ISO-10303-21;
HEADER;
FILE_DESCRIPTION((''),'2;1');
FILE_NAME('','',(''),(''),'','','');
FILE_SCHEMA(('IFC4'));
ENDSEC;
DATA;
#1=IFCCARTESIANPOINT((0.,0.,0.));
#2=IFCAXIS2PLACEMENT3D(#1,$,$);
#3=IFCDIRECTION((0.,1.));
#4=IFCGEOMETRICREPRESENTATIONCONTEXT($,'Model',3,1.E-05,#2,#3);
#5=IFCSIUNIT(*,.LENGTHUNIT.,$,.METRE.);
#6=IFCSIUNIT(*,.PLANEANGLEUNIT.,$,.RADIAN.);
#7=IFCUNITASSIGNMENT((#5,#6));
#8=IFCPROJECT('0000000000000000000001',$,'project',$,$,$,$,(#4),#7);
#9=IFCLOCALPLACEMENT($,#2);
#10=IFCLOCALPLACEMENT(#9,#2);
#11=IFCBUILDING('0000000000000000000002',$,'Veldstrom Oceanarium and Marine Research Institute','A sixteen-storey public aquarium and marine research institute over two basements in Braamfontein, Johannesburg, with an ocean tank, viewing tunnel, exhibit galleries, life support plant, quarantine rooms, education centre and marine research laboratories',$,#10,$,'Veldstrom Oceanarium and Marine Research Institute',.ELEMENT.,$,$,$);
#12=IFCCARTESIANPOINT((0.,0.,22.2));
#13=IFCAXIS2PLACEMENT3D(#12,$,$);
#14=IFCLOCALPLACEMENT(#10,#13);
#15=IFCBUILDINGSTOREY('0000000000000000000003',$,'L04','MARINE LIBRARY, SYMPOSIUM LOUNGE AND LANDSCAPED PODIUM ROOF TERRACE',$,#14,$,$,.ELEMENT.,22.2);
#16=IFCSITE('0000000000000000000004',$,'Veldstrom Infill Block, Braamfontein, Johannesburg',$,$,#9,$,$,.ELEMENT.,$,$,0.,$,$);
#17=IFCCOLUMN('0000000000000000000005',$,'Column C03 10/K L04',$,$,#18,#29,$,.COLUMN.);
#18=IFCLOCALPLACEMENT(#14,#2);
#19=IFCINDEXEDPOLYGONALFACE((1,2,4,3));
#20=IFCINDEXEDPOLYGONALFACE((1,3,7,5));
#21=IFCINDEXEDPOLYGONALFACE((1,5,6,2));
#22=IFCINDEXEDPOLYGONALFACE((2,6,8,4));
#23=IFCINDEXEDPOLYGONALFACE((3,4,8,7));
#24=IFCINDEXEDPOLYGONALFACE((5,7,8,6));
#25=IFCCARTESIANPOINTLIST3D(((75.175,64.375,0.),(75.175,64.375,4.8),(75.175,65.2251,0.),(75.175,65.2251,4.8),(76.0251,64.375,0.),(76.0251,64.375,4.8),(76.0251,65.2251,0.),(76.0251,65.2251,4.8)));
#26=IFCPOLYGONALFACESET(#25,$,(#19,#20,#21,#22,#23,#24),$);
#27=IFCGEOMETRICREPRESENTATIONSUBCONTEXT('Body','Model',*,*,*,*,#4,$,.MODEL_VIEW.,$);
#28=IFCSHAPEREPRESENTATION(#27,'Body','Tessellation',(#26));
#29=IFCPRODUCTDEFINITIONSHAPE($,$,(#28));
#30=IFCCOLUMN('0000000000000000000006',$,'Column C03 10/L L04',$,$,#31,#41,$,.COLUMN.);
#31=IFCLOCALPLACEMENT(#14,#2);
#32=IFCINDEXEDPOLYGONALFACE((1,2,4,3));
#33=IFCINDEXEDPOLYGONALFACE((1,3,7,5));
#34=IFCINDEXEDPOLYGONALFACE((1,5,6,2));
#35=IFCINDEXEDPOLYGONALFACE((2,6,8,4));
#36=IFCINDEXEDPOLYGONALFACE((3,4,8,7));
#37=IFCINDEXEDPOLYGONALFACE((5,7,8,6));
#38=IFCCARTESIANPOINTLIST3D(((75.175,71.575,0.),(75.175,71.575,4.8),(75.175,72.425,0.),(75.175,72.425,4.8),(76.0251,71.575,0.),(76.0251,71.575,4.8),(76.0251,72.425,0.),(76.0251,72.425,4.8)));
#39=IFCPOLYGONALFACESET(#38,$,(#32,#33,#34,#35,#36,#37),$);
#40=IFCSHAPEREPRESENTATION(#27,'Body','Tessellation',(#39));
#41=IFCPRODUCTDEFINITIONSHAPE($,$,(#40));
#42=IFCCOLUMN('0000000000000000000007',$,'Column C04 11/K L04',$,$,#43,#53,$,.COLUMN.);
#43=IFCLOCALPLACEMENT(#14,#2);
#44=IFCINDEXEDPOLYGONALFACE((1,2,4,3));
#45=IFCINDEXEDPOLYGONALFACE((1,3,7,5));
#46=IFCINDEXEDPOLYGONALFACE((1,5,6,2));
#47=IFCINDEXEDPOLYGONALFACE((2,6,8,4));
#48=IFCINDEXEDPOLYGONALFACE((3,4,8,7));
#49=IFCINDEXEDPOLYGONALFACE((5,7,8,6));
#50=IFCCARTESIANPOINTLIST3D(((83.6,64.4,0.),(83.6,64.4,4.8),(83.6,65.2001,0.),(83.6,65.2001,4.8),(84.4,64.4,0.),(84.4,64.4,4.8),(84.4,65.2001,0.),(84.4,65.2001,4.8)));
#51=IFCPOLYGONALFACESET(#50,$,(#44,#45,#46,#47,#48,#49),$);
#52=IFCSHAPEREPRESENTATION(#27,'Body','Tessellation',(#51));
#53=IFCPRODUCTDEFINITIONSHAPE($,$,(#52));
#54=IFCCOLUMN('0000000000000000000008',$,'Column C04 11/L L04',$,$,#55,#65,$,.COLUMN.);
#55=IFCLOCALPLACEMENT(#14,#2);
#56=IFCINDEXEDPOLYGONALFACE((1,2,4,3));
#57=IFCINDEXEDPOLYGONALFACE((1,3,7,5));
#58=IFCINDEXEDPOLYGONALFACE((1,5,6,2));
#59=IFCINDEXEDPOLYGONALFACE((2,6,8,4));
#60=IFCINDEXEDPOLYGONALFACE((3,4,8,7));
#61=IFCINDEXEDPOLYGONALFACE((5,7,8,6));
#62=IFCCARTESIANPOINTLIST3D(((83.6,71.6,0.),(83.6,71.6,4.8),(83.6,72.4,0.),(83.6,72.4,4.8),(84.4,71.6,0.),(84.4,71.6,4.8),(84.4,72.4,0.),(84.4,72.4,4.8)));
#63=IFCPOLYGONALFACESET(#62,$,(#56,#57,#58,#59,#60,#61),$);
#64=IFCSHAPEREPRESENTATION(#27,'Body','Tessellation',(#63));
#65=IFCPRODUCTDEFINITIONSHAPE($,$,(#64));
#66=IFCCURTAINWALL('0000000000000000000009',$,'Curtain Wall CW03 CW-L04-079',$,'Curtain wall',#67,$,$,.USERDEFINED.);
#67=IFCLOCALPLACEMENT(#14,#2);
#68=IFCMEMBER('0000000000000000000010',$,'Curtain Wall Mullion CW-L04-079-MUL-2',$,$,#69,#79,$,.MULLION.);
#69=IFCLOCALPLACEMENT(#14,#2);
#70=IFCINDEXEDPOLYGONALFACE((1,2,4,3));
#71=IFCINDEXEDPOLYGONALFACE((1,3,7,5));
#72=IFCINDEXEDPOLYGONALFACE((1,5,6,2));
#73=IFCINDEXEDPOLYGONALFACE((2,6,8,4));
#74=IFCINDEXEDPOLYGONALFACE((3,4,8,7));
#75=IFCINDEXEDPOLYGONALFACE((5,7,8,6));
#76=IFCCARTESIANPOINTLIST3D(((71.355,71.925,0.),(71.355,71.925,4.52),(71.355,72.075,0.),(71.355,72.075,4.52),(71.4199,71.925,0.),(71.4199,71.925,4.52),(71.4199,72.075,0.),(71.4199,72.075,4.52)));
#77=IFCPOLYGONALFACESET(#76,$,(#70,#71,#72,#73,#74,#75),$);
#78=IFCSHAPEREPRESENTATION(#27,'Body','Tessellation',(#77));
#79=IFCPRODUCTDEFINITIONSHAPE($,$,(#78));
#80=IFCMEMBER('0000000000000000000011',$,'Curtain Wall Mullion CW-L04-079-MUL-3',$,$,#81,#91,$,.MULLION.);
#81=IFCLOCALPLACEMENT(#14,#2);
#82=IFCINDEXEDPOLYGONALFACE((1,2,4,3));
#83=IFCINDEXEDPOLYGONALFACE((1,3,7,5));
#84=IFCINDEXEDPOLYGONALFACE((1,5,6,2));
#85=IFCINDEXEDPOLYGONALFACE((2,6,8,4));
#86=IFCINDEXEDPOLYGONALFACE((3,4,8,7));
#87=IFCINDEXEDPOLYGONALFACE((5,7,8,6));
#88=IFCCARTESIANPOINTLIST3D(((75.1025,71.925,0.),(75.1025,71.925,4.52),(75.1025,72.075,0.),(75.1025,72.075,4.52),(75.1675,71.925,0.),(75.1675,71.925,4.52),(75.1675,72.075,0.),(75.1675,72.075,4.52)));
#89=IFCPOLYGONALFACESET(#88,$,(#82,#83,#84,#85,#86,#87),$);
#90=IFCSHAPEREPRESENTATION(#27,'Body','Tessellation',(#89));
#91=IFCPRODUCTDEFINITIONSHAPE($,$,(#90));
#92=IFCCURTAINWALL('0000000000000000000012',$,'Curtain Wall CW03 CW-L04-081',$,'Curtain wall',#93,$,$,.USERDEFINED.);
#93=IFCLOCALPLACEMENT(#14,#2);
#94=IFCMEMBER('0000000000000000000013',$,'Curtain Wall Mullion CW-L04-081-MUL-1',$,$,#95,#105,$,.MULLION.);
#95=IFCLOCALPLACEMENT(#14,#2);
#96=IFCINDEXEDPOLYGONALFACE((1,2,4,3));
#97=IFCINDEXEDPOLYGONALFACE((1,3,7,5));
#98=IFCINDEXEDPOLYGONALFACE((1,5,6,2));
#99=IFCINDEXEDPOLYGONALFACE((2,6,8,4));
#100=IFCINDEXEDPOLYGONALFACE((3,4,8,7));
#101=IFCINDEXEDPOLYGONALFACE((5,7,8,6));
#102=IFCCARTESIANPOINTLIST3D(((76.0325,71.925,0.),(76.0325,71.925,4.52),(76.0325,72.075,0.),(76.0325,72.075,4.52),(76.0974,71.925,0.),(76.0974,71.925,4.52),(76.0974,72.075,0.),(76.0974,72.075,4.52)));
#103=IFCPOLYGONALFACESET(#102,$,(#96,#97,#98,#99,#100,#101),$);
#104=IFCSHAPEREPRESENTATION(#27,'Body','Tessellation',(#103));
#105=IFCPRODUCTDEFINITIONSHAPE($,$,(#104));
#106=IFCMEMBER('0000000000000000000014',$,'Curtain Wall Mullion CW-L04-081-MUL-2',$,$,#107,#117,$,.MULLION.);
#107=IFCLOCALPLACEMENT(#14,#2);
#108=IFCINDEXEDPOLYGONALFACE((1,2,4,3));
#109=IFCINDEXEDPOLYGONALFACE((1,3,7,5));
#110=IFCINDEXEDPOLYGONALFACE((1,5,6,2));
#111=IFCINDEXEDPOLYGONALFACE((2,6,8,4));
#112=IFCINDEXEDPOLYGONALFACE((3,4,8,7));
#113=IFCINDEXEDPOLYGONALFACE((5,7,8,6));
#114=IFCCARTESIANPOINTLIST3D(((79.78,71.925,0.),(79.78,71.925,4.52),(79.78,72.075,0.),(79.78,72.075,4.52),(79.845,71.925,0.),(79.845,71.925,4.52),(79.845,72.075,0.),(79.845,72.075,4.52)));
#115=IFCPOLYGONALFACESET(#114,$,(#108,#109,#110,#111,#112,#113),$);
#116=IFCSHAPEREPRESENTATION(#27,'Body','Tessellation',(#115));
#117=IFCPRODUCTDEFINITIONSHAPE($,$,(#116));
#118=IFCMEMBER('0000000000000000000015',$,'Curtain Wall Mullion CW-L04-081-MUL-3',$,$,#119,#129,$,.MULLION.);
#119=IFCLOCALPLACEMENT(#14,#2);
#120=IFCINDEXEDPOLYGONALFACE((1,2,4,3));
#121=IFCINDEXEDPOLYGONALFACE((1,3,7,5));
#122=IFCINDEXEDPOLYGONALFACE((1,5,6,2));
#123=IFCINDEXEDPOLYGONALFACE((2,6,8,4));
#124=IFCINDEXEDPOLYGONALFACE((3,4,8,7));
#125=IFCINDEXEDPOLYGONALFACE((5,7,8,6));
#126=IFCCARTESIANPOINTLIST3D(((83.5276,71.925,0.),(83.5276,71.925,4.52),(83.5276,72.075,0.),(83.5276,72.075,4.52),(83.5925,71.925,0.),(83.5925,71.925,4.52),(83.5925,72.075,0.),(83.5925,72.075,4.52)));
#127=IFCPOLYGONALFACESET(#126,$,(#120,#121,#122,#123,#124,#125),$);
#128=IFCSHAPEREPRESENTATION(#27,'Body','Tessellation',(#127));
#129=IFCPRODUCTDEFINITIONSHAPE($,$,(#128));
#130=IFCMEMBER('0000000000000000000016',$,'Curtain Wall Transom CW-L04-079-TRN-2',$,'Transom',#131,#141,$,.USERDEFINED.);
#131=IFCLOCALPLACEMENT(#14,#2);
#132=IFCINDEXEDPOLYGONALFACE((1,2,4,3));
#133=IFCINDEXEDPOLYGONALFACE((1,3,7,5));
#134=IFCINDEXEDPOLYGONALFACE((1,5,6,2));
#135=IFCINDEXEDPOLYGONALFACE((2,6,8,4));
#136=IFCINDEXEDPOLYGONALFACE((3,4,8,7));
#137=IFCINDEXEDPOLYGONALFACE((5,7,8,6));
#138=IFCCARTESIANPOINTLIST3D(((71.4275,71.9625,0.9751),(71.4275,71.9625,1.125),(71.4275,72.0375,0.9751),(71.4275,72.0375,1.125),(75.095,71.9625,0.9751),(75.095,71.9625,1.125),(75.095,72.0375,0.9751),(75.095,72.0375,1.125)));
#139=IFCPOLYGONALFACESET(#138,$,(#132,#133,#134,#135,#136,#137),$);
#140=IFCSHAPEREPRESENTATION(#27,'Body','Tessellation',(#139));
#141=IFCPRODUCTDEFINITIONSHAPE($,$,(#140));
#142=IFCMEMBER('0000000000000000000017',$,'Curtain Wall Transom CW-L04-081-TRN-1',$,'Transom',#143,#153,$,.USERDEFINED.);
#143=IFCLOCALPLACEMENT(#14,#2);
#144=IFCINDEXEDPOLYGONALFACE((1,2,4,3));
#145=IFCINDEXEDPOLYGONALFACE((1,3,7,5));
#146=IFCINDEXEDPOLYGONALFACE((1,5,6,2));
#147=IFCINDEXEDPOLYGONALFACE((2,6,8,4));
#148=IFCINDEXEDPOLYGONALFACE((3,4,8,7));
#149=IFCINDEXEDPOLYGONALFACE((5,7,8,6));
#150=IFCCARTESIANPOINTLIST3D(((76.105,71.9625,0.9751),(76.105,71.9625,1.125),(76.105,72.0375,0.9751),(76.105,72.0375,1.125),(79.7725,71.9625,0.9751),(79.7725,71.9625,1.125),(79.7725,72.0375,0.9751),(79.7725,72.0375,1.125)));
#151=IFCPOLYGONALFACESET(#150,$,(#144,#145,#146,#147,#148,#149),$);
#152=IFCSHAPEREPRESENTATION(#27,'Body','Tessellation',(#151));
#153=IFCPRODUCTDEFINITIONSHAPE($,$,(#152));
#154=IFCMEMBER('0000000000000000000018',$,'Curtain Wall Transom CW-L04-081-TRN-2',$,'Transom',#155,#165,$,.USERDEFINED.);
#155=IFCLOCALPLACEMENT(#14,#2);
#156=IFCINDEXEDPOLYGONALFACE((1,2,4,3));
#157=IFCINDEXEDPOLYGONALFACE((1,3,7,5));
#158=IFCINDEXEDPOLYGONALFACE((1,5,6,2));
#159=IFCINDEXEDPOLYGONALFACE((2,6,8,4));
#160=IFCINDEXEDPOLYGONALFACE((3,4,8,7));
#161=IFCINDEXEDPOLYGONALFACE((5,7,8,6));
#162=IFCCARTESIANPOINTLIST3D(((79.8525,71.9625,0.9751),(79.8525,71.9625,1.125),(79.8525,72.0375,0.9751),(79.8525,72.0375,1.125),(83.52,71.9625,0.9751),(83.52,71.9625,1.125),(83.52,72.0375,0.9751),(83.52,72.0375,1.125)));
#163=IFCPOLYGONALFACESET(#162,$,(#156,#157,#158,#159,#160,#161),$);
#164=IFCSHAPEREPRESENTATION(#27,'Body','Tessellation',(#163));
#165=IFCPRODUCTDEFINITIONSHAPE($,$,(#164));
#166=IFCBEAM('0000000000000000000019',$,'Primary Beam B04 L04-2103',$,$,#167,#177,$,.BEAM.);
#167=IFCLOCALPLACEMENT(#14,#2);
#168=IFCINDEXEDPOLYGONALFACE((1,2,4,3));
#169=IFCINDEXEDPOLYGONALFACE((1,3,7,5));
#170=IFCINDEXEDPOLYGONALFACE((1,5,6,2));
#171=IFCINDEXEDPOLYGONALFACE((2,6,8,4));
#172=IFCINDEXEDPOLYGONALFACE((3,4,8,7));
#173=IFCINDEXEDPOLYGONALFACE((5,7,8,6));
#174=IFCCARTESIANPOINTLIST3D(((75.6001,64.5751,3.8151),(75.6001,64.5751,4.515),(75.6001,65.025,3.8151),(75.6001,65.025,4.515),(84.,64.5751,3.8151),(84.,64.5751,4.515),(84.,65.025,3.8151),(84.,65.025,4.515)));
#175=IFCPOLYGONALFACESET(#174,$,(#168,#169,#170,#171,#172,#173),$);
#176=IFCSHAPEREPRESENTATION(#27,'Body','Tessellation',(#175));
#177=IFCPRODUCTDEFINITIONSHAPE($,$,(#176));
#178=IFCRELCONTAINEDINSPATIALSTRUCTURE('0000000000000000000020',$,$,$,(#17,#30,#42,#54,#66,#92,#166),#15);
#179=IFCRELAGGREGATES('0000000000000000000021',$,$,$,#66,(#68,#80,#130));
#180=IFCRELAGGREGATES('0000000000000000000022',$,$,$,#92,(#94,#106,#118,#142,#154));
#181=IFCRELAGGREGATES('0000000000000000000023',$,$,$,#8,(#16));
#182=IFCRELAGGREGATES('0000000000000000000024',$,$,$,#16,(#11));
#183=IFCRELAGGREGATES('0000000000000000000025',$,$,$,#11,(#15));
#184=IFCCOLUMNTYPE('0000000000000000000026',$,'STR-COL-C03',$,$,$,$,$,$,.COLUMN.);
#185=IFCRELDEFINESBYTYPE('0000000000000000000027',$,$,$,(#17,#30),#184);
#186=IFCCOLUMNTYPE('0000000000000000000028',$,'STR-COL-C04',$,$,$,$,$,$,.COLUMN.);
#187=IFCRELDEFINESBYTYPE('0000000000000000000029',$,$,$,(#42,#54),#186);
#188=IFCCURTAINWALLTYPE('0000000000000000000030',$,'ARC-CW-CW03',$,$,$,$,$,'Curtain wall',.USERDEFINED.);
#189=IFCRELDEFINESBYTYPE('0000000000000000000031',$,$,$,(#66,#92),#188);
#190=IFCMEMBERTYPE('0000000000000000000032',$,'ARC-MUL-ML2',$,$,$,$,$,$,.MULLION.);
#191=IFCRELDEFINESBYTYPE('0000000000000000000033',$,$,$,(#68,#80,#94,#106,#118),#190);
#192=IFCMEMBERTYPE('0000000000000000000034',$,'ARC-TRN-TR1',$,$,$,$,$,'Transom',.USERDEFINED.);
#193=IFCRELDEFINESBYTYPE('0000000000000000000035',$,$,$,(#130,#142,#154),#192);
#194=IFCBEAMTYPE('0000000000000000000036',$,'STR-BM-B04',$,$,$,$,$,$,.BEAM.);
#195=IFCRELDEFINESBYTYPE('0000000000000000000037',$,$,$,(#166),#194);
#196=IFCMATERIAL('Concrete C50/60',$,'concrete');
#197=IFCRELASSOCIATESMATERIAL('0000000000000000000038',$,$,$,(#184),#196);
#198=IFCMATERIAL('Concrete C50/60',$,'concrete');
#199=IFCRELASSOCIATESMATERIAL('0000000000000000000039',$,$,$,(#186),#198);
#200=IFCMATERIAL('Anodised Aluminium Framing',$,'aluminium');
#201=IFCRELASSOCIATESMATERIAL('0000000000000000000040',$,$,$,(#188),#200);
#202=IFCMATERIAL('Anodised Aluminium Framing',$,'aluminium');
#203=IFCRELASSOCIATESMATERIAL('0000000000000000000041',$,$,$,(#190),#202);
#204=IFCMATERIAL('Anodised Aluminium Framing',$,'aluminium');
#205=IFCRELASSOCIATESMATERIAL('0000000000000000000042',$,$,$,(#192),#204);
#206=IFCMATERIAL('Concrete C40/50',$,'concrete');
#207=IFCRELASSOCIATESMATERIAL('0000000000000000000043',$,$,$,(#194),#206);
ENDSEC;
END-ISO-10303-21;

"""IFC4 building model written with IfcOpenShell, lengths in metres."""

from ifc_helpers import new_model, si_unit, direction, frame, origin, origin_2d, place, context, subcontext, project, spatial, rectangle, extrude, material, material_profile, profile_set, type_object, element, aggregate, save


model = new_model("IFC4")

# Units and contexts
model_context = context("Model", 3, precision=1e-05, world=origin(), true_north=direction((0.0, 1.0)))
body_context = subcontext(model_context, "Body", "Model", "MODEL_VIEW")
ifc_project = project(units=[si_unit("LENGTHUNIT", "METRE"), si_unit("PLANEANGLEUNIT", "RADIAN")], contexts=[model_context])

# Site, building, storey
site_placement = place(None, origin())
site = spatial("IfcSite", under=ifc_project, at=site_placement, Name="Veldstrom Infill Block, Braamfontein, Johannesburg", CompositionType="ELEMENT", RefElevation=0.0)
building_placement = place(site_placement, origin())
building = spatial("IfcBuilding", under=site, at=building_placement, Name="Veldstrom Oceanarium and Marine Research Institute", Description="A sixteen-storey public aquarium and marine research institute over two basements in Braamfontein, Johannesburg, with an ocean tank, viewing tunnel, exhibit galleries, life support plant, quarantine rooms, education centre and marine research laboratories", LongName="Veldstrom Oceanarium and Marine Research Institute", CompositionType="ELEMENT")
storey_placement = place(building_placement, frame((0.0, 0.0, 22.2)))
storey = spatial("IfcBuildingStorey", under=building, at=storey_placement, Name="L04", Description="MARINE LIBRARY, SYMPOSIUM LOUNGE AND LANDSCAPED PODIUM ROOF TERRACE", CompositionType="ELEMENT", Elevation=22.2)

# Columns
ifc_material_1 = material(Name="Concrete C50/60", Category="concrete")
ifc_material_profile_1 = material_profile(ifc_material_1, rectangle(XDim=0.8501, YDim=0.8501, at=origin_2d()), Name="RC-COL-850x850")
ifc_profile_set_1 = profile_set([ifc_material_profile_1], Name="Concrete C50/60")
column_type_1 = type_object("IfcColumnType", Name="STR-COL-C03", PredefinedType="COLUMN", material=ifc_profile_set_1)
for number, where, z_axis, x_axis, name in (
    (1, (75.6001, 64.8, 0.0), (0.0, 0.0, 1.0), (1.0, 0.0, 0.0), "Column C03 10/K L04"),
    (2, (75.6001, 72.0, 0.0), (0.0, 0.0, 1.0), (1.0, 0.0, 0.0), "Column C03 10/L L04"),
):
    element("IfcColumn", number, at=place(storey_placement, frame(where, z_axis=z_axis, x_axis=x_axis)), inside=storey, type_object=column_type_1, Name=name, PredefinedType="COLUMN", context=body_context, shape_type="SweptSolid", body=[
        extrude(rectangle(XDim=0.8501, YDim=0.8501, at=origin_2d()), origin(), (0.0, 0.0, 1.0), 4.8),
    ])
ifc_material_2 = material(Name="Concrete C50/60", Category="concrete")
ifc_material_profile_2 = material_profile(ifc_material_2, rectangle(XDim=0.8, YDim=0.8, at=origin_2d()), Name="RC-COL-800x800")
ifc_profile_set_2 = profile_set([ifc_material_profile_2], Name="Concrete C50/60")
column_type_2 = type_object("IfcColumnType", Name="STR-COL-C04", PredefinedType="COLUMN", material=ifc_profile_set_2)
for number, where, z_axis, x_axis, name in (
    (3, (84.0, 64.8, 0.0), (0.0, 0.0, 1.0), (1.0, 0.0, 0.0), "Column C04 11/K L04"),
    (4, (84.0, 72.0, 0.0), (0.0, 0.0, 1.0), (1.0, 0.0, 0.0), "Column C04 11/L L04"),
):
    element("IfcColumn", number, at=place(storey_placement, frame(where, z_axis=z_axis, x_axis=x_axis)), inside=storey, type_object=column_type_2, Name=name, PredefinedType="COLUMN", context=body_context, shape_type="SweptSolid", body=[
        extrude(rectangle(XDim=0.8, YDim=0.8, at=origin_2d()), origin(), (0.0, 0.0, 1.0), 4.8),
    ])

# Curtain walls, members
ifc_material_3 = material(Name="Anodised Aluminium Framing", Category="aluminium")
curtain_wall_type = type_object("IfcCurtainWallType", Name="ARC-CW-CW03", ElementType="Curtain wall", PredefinedType="USERDEFINED", material=ifc_material_3)
curtain_wall_1_placement = place(storey_placement, origin())
curtain_wall_1 = element("IfcCurtainWall", 5, at=curtain_wall_1_placement, inside=storey, type_object=curtain_wall_type, Name="Curtain Wall CW03 CW-L04-079", ObjectType="Curtain wall", PredefinedType="USERDEFINED")
ifc_material_4 = material(Name="Anodised Aluminium Framing", Category="aluminium")
ifc_material_profile_3 = material_profile(ifc_material_4, rectangle(XDim=0.0649, YDim=0.1499, at=origin_2d()), Name="ALU-MUL-65x150")
ifc_profile_set_3 = profile_set([ifc_material_profile_3], Name="Anodised Aluminium Framing")
member_type_1 = type_object("IfcMemberType", Name="ARC-MUL-ML2", PredefinedType="MULLION", material=ifc_profile_set_3)
member_1_placement = place(storey_placement, frame((71.3875, 72.0, 0.0), z_axis=(0.0, 0.0, 1.0), x_axis=(1.0, 0.0, 0.0)))
member_1 = element("IfcMember", 6, at=member_1_placement, type_object=member_type_1, Name="Curtain Wall Mullion CW-L04-079-MUL-2", PredefinedType="MULLION", context=body_context, shape_type="SweptSolid", body=[
    extrude(rectangle(XDim=0.0649, YDim=0.1499, at=origin_2d()), origin(), (0.0, 0.0, 1.0), 4.52),
])
member_2_placement = place(storey_placement, frame((75.135, 72.0, 0.0), z_axis=(0.0, 0.0, 1.0), x_axis=(1.0, 0.0, 0.0)))
member_2 = element("IfcMember", 7, at=member_2_placement, type_object=member_type_1, Name="Curtain Wall Mullion CW-L04-079-MUL-3", PredefinedType="MULLION", context=body_context, shape_type="SweptSolid", body=[
    extrude(rectangle(XDim=0.0649, YDim=0.1499, at=origin_2d()), origin(), (0.0, 0.0, 1.0), 4.52),
])
curtain_wall_2_placement = place(storey_placement, origin())
curtain_wall_2 = element("IfcCurtainWall", 8, at=curtain_wall_2_placement, inside=storey, type_object=curtain_wall_type, Name="Curtain Wall CW03 CW-L04-081", ObjectType="Curtain wall", PredefinedType="USERDEFINED")
member_3_placement = place(storey_placement, frame((76.0649, 72.0, 0.0), z_axis=(0.0, 0.0, 1.0), x_axis=(1.0, 0.0, 0.0)))
member_3 = element("IfcMember", 9, at=member_3_placement, type_object=member_type_1, Name="Curtain Wall Mullion CW-L04-081-MUL-1", PredefinedType="MULLION", context=body_context, shape_type="SweptSolid", body=[
    extrude(rectangle(XDim=0.0649, YDim=0.1499, at=origin_2d()), origin(), (0.0, 0.0, 1.0), 4.52),
])
member_4_placement = place(storey_placement, frame((79.8125, 72.0, 0.0), z_axis=(0.0, 0.0, 1.0), x_axis=(1.0, 0.0, 0.0)))
member_4 = element("IfcMember", 10, at=member_4_placement, type_object=member_type_1, Name="Curtain Wall Mullion CW-L04-081-MUL-2", PredefinedType="MULLION", context=body_context, shape_type="SweptSolid", body=[
    extrude(rectangle(XDim=0.0649, YDim=0.1499, at=origin_2d()), origin(), (0.0, 0.0, 1.0), 4.52),
])
member_5_placement = place(storey_placement, frame((83.5601, 72.0, 0.0), z_axis=(0.0, 0.0, 1.0), x_axis=(1.0, 0.0, 0.0)))
member_5 = element("IfcMember", 11, at=member_5_placement, type_object=member_type_1, Name="Curtain Wall Mullion CW-L04-081-MUL-3", PredefinedType="MULLION", context=body_context, shape_type="SweptSolid", body=[
    extrude(rectangle(XDim=0.0649, YDim=0.1499, at=origin_2d()), origin(), (0.0, 0.0, 1.0), 4.52),
])

# Members
ifc_material_5 = material(Name="Anodised Aluminium Framing", Category="aluminium")
ifc_material_profile_4 = material_profile(ifc_material_5, rectangle(XDim=0.075, YDim=0.1499, at=origin_2d()), Name="ALU-TRN-75x150")
ifc_profile_set_4 = profile_set([ifc_material_profile_4], Name="Anodised Aluminium Framing")
member_type_2 = type_object("IfcMemberType", Name="ARC-TRN-TR1", ElementType="Transom", PredefinedType="USERDEFINED", material=ifc_profile_set_4)
member_6_placement = place(storey_placement, frame((71.4275, 72.0, 1.05), z_axis=(1.0, 0.0, 0.0), x_axis=(0.0, 1.0, 0.0)))
member_6 = element("IfcMember", 12, at=member_6_placement, type_object=member_type_2, Name="Curtain Wall Transom CW-L04-079-TRN-2", ObjectType="Transom", PredefinedType="USERDEFINED", context=body_context, shape_type="SweptSolid", body=[
    extrude(rectangle(XDim=0.075, YDim=0.1499, at=origin_2d()), origin(), (0.0, 0.0, 1.0), 3.6675),
])
member_7_placement = place(storey_placement, frame((76.105, 72.0, 1.05), z_axis=(1.0, 0.0, 0.0), x_axis=(0.0, 1.0, 0.0)))
member_7 = element("IfcMember", 13, at=member_7_placement, type_object=member_type_2, Name="Curtain Wall Transom CW-L04-081-TRN-1", ObjectType="Transom", PredefinedType="USERDEFINED", context=body_context, shape_type="SweptSolid", body=[
    extrude(rectangle(XDim=0.075, YDim=0.1499, at=origin_2d()), origin(), (0.0, 0.0, 1.0), 3.6675),
])
member_8_placement = place(storey_placement, frame((79.8525, 72.0, 1.05), z_axis=(1.0, 0.0, 0.0), x_axis=(0.0, 1.0, 0.0)))
member_8 = element("IfcMember", 14, at=member_8_placement, type_object=member_type_2, Name="Curtain Wall Transom CW-L04-081-TRN-2", ObjectType="Transom", PredefinedType="USERDEFINED", context=body_context, shape_type="SweptSolid", body=[
    extrude(rectangle(XDim=0.075, YDim=0.1499, at=origin_2d()), origin(), (0.0, 0.0, 1.0), 3.6675),
])

# Beam
ifc_material_6 = material(Name="Concrete C40/50", Category="concrete")
ifc_material_profile_5 = material_profile(ifc_material_6, rectangle(XDim=0.45, YDim=0.7, at=origin_2d()), Name="RC-BM-450x700")
ifc_profile_set_5 = profile_set([ifc_material_profile_5], Name="Concrete C40/50")
beam_type_1 = type_object("IfcBeamType", Name="STR-BM-B04", PredefinedType="BEAM", material=ifc_profile_set_5)
beam_1_placement = place(storey_placement, frame((75.6001, 64.8, 4.165), z_axis=(1.0, 0.0, 0.0), x_axis=(0.0, 1.0, 0.0)))
element("IfcBeam", 15, at=beam_1_placement, inside=storey, type_object=beam_type_1, Name="Primary Beam B04 L04-2103", PredefinedType="BEAM", context=body_context, shape_type="SweptSolid", body=[
    extrude(rectangle(XDim=0.45, YDim=0.7, at=origin_2d()), origin(), (0.0, 0.0, 1.0), 8.3999),
])

aggregate(curtain_wall_1, [member_1, member_2, member_6])
aggregate(curtain_wall_2, [member_3, member_4, member_5, member_7, member_8])

save(model, "model.ifc")
